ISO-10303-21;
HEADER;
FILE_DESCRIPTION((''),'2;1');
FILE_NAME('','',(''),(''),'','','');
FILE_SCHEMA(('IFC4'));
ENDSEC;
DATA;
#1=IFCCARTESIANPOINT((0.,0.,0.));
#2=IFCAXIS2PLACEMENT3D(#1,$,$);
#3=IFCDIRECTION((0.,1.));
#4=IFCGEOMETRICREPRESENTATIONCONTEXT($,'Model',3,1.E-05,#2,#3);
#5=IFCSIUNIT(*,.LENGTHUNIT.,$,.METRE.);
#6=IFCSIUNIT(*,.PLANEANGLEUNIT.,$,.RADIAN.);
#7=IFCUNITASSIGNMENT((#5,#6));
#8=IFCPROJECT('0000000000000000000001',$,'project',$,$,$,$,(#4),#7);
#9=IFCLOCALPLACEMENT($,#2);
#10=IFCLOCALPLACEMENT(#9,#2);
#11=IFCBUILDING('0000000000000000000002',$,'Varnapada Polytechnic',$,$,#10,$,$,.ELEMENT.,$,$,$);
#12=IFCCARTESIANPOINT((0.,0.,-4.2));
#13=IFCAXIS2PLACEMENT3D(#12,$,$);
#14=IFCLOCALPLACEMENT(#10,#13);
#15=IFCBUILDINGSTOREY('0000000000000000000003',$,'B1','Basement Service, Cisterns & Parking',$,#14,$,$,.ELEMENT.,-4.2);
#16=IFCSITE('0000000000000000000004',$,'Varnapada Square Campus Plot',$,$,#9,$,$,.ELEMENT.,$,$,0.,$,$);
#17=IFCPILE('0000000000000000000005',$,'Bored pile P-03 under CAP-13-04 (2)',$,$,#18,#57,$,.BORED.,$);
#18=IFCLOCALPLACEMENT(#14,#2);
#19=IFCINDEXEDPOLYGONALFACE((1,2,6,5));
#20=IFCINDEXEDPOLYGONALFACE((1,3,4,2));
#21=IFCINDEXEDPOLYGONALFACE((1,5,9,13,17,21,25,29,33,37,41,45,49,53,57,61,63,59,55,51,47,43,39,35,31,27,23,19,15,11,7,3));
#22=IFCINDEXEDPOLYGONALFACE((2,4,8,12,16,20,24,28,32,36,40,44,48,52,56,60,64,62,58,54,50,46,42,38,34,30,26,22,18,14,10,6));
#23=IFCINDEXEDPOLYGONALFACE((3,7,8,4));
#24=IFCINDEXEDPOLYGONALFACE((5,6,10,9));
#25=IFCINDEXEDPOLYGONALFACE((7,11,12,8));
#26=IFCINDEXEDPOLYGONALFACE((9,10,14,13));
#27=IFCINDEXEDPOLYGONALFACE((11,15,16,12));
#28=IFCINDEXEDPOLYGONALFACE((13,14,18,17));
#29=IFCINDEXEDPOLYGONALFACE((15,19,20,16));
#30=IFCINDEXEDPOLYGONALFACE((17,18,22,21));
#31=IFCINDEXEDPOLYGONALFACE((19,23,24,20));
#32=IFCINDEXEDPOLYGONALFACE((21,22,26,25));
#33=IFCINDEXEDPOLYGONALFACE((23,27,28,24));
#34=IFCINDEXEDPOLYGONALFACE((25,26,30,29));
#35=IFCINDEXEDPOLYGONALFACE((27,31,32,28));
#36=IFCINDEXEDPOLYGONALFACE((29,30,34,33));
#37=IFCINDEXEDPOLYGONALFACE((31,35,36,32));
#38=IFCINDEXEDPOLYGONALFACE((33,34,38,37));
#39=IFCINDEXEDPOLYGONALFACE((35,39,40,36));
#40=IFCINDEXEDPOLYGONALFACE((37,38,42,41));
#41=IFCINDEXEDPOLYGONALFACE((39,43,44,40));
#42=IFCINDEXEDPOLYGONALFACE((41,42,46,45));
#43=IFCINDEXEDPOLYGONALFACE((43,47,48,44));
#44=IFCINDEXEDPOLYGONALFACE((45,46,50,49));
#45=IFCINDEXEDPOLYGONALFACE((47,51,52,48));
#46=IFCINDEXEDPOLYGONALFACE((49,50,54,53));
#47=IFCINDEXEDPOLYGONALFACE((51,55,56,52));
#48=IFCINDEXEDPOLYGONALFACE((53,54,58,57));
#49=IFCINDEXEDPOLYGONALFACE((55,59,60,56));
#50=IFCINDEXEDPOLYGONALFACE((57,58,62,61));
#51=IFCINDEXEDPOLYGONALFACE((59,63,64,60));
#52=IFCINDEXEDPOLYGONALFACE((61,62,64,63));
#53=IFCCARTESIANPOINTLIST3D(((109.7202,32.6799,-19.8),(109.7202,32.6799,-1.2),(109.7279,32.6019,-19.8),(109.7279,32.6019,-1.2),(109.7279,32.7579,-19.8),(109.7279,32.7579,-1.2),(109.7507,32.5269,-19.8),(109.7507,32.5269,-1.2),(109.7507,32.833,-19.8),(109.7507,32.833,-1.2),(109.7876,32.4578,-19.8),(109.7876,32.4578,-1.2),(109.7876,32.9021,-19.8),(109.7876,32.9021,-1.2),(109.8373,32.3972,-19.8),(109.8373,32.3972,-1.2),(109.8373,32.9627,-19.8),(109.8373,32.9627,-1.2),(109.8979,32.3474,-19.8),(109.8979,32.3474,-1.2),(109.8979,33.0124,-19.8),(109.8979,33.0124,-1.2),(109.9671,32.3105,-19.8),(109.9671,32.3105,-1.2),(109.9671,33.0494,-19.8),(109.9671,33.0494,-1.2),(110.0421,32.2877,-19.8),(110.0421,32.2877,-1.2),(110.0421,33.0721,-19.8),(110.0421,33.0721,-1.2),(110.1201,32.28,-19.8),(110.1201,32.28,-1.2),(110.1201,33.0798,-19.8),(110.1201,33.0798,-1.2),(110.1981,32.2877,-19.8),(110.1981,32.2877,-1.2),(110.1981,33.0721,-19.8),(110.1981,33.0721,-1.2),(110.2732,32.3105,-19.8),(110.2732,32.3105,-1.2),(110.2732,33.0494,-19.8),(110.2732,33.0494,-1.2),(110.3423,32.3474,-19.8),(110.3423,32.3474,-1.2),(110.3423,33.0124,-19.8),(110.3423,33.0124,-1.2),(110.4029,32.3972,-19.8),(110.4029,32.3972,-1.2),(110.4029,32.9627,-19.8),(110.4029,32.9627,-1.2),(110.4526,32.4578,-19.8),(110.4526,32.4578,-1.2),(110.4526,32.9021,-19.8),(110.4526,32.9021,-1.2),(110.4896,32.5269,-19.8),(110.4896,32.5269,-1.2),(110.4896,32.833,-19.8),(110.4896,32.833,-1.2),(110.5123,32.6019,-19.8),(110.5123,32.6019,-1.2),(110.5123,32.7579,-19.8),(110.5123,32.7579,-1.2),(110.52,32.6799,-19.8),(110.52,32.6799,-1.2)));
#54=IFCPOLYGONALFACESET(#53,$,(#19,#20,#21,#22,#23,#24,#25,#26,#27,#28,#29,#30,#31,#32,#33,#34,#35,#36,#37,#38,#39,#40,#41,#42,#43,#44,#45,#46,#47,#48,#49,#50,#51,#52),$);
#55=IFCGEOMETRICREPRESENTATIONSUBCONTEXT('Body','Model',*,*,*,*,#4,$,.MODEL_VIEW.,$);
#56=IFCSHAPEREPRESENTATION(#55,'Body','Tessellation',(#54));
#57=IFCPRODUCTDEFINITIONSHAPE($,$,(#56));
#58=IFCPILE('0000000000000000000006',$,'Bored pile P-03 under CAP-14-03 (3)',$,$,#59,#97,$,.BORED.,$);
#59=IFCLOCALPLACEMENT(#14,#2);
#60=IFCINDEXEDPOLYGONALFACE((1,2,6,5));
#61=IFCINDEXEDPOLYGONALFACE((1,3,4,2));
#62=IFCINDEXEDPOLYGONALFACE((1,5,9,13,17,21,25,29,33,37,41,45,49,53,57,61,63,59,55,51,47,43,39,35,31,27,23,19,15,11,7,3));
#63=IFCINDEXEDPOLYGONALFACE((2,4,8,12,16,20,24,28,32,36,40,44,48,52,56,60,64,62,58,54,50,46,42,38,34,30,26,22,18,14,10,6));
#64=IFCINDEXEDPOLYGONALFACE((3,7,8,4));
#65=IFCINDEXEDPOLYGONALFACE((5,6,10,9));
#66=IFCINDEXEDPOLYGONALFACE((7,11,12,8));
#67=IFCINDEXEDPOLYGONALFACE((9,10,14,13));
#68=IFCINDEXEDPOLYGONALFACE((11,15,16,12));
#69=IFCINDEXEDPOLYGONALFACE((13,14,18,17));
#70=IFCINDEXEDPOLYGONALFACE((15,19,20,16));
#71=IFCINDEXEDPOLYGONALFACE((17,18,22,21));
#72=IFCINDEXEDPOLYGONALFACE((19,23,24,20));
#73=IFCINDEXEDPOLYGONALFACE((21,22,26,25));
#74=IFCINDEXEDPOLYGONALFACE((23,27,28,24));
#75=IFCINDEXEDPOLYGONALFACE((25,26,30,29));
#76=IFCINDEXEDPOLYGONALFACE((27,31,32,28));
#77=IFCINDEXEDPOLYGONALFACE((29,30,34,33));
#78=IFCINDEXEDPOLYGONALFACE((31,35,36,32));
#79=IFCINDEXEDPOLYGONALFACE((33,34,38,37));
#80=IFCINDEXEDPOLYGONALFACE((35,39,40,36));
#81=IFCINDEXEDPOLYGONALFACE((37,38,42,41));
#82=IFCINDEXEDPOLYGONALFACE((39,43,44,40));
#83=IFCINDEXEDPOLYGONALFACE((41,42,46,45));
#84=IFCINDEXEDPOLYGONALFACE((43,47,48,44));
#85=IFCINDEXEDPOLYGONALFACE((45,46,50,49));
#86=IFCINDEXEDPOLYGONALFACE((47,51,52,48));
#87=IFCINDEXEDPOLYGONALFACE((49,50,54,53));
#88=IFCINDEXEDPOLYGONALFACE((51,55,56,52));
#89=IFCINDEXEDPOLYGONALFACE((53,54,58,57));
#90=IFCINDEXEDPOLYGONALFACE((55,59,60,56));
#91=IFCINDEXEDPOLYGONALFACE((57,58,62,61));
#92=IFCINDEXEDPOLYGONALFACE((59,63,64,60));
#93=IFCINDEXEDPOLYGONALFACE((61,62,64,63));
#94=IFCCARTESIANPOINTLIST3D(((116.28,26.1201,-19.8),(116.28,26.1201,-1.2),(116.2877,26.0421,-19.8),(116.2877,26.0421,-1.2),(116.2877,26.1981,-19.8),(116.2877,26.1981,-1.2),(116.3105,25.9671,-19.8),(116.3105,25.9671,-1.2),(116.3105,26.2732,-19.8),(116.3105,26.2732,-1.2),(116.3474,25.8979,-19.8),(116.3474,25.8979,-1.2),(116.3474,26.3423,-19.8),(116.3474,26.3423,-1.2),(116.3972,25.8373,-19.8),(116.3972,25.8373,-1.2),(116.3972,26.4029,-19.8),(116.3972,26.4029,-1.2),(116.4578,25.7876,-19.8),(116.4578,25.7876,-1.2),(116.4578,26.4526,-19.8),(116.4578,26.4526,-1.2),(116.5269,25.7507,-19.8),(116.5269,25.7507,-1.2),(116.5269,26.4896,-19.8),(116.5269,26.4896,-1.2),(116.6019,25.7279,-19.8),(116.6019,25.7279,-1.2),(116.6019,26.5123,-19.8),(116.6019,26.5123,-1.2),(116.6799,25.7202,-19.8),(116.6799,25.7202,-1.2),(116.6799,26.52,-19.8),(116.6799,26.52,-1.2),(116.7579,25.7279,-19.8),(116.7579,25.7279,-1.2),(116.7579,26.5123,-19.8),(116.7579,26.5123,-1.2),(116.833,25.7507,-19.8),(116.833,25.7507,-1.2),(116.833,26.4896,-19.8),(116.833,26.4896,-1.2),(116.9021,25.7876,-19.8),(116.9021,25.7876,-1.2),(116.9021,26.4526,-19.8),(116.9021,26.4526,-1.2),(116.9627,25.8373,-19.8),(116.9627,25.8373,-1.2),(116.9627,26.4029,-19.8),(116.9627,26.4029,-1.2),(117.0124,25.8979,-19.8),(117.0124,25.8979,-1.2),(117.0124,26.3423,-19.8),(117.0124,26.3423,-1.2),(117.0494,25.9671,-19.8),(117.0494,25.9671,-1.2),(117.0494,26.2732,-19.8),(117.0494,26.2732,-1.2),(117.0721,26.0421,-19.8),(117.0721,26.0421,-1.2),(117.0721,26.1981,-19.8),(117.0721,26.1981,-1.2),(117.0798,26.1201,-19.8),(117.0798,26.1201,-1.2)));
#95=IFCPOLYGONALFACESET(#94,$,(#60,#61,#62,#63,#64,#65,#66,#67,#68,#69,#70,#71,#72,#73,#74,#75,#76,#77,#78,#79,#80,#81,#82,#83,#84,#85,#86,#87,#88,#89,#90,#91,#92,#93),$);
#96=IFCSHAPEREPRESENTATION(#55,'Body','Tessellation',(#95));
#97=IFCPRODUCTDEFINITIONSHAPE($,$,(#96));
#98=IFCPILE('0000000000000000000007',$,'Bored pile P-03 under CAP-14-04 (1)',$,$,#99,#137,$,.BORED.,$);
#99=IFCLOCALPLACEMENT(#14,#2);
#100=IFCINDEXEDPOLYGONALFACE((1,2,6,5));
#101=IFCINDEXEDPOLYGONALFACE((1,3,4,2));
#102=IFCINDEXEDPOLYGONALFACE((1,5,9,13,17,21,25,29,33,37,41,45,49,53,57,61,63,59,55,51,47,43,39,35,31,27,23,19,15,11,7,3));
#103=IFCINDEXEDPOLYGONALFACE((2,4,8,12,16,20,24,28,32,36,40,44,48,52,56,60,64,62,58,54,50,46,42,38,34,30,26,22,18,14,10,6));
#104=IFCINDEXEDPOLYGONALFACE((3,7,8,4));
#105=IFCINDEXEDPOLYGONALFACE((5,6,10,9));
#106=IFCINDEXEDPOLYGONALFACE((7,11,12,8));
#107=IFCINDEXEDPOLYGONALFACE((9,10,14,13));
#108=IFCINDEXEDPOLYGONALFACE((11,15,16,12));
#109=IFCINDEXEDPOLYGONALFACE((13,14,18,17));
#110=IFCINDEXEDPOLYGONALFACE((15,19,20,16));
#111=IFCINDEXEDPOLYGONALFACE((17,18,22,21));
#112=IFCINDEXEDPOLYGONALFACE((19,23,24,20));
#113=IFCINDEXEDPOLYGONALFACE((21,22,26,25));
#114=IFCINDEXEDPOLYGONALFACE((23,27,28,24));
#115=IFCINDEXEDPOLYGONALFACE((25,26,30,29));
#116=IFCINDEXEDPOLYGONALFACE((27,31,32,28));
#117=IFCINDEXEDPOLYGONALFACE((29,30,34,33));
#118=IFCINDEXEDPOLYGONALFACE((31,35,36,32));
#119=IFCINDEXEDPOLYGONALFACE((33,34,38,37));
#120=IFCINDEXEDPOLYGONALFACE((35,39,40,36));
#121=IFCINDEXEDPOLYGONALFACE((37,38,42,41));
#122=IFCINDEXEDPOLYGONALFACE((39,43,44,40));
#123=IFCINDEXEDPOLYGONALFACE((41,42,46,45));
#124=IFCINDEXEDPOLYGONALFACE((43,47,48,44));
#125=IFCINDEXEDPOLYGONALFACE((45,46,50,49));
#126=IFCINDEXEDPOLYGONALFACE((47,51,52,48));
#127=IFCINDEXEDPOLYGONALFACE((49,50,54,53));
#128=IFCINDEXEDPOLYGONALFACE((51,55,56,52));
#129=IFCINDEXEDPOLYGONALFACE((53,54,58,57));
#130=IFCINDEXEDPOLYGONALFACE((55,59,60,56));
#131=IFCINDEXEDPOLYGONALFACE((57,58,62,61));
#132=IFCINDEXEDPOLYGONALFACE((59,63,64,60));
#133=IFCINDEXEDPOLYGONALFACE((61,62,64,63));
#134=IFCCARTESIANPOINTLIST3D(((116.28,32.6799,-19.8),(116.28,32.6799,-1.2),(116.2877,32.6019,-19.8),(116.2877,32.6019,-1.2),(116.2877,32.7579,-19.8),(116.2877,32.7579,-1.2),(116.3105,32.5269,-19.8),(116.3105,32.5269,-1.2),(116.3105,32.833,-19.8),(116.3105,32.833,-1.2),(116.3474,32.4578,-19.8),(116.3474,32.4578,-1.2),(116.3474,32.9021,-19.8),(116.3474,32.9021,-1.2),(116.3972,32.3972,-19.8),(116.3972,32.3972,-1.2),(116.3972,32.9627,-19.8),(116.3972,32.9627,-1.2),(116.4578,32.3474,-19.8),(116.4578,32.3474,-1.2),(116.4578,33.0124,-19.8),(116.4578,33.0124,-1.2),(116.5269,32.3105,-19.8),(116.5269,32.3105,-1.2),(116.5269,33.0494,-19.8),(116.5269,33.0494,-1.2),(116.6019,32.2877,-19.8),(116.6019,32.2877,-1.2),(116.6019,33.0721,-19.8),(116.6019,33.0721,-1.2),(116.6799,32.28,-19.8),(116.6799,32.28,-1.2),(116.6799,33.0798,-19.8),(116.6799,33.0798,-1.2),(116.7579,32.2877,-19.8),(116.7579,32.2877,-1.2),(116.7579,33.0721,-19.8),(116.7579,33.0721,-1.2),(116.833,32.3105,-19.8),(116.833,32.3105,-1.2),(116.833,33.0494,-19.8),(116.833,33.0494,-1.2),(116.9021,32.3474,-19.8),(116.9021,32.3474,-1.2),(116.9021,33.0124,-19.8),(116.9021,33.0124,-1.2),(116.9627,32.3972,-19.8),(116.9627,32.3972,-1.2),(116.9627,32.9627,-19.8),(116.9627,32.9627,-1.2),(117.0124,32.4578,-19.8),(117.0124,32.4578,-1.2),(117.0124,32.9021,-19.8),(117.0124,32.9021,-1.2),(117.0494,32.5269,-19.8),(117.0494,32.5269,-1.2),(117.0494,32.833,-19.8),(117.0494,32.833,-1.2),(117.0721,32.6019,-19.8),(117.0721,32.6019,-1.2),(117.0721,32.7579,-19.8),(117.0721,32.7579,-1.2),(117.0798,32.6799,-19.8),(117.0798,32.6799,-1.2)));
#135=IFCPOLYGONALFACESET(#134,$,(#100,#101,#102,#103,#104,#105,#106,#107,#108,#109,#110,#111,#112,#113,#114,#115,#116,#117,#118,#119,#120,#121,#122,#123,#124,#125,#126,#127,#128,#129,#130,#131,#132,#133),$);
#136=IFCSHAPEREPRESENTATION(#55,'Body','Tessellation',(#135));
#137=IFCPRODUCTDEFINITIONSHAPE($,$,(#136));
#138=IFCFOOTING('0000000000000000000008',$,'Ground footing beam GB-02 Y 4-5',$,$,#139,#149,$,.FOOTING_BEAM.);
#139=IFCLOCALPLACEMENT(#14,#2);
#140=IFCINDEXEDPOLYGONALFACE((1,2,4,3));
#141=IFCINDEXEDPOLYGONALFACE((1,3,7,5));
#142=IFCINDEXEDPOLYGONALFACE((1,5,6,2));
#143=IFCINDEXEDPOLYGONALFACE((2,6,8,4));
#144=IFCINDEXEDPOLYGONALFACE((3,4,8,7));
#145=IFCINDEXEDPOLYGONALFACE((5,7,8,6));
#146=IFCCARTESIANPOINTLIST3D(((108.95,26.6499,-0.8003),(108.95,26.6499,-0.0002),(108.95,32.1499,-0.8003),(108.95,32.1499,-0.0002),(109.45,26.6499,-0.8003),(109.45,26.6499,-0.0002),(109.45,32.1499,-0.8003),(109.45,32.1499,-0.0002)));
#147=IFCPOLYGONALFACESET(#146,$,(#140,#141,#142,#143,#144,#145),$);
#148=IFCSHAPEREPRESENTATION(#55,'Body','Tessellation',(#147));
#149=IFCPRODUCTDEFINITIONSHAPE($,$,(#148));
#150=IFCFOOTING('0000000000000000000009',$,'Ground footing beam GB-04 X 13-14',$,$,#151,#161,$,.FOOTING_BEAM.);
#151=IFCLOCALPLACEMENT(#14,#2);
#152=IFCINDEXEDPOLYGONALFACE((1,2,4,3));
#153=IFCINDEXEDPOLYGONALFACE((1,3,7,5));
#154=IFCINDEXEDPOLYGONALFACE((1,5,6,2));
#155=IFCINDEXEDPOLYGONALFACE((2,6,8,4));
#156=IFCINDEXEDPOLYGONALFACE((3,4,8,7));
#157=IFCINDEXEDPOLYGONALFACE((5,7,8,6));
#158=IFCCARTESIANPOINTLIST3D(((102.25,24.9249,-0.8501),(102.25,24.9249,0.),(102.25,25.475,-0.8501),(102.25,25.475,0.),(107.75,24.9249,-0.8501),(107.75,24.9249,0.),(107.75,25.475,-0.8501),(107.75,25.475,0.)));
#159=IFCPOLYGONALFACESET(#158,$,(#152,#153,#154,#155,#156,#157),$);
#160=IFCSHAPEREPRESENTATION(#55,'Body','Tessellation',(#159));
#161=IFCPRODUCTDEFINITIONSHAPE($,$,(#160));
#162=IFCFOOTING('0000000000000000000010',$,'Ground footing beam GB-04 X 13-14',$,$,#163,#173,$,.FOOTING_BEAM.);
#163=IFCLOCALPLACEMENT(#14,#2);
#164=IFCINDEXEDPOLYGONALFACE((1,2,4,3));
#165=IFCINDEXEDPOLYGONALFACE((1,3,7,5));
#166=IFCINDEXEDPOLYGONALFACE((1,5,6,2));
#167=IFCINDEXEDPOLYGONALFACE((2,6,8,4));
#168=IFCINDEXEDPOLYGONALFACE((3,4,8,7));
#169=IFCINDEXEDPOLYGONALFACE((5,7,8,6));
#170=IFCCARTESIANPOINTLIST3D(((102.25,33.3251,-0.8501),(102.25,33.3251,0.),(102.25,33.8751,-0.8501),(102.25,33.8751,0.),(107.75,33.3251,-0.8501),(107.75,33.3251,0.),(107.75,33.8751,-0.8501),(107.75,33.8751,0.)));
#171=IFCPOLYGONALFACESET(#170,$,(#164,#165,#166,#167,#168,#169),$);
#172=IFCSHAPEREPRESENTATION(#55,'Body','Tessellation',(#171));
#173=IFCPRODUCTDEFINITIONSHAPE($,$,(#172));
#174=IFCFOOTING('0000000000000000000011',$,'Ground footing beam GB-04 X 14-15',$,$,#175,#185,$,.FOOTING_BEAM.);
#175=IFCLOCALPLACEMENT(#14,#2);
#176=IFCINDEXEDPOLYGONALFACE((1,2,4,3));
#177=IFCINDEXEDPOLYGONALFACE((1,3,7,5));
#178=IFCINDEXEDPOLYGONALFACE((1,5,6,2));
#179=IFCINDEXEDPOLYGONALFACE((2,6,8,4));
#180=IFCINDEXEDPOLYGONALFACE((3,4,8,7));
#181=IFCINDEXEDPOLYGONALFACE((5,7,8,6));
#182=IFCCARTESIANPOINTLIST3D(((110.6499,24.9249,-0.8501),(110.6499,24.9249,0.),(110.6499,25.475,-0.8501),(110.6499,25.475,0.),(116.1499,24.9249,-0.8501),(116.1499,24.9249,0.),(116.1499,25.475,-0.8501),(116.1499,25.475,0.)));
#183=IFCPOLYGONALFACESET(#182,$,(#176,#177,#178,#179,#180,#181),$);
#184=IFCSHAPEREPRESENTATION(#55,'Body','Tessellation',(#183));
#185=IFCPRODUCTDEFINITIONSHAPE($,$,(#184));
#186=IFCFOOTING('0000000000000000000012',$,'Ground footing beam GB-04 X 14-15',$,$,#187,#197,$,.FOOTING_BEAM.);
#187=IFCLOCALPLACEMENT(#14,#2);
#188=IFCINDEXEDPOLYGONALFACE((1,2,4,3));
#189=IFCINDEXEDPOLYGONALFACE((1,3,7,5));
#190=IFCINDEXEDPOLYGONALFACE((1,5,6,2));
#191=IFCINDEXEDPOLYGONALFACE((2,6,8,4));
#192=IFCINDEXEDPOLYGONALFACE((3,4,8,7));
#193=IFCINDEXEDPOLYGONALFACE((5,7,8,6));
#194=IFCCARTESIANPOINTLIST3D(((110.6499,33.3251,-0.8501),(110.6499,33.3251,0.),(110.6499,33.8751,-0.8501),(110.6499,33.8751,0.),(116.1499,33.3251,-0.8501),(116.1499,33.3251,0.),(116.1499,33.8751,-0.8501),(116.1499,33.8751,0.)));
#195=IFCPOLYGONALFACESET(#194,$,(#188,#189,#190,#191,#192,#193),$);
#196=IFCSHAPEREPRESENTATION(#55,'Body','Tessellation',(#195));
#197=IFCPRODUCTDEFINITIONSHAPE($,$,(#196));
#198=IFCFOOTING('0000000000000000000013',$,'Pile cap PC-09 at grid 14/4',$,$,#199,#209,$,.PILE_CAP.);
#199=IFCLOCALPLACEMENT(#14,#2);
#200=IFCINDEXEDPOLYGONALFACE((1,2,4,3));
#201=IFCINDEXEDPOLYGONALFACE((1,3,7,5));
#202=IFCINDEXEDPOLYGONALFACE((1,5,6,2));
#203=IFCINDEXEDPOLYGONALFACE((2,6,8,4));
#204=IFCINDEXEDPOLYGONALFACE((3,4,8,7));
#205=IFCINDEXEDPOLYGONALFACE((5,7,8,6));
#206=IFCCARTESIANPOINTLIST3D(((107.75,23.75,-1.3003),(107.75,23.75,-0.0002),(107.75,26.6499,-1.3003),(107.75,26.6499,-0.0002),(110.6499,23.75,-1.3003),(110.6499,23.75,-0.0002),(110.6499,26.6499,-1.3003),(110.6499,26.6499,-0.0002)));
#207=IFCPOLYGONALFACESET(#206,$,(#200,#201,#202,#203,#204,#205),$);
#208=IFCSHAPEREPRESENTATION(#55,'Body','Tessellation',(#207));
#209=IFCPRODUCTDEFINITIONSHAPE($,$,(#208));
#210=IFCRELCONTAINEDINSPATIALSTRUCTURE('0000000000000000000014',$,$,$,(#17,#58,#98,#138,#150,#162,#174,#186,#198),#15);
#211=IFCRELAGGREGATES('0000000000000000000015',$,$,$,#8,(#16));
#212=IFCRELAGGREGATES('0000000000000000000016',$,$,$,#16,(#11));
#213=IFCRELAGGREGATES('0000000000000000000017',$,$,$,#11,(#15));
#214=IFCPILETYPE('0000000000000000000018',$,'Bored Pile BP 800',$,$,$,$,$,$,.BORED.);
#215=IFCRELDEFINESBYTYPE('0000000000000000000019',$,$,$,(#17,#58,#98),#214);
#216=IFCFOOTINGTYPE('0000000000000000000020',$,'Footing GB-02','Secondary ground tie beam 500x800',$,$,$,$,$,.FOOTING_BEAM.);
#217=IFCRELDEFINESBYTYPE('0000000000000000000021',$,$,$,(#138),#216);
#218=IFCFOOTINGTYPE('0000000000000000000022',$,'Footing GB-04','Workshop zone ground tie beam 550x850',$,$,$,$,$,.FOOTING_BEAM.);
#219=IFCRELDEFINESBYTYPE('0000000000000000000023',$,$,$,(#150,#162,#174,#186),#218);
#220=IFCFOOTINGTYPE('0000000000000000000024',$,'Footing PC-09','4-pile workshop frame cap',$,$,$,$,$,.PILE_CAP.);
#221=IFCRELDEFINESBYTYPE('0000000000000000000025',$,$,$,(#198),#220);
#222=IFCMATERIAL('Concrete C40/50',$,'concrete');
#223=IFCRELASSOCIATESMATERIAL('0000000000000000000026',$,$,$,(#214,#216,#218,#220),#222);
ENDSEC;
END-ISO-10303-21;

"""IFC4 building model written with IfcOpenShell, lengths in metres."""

from ifc_helpers import new_model, si_unit, direction, frame, origin, origin_2d, place, context, subcontext, project, spatial, rectangle, circle, extrude, material, material_profile, profile_set, type_object, element, save


model = new_model("IFC4")

# Units and contexts
model_context = context("Model", 3, precision=1e-05, world=origin(), true_north=direction((0.0, 1.0)))
body_context = subcontext(model_context, "Body", "Model", "MODEL_VIEW")
ifc_project = project(units=[si_unit("LENGTHUNIT", "METRE"), si_unit("PLANEANGLEUNIT", "RADIAN")], contexts=[model_context])

# Site, building, storey
site_placement = place(None, origin())
site = spatial("IfcSite", under=ifc_project, at=site_placement, Name="Varnapada Square Campus Plot", CompositionType="ELEMENT", RefElevation=0.0)
building_placement = place(site_placement, origin())
building = spatial("IfcBuilding", under=site, at=building_placement, Name="Varnapada Polytechnic", CompositionType="ELEMENT")
storey_placement = place(building_placement, frame((0.0, 0.0, -4.2)))
storey = spatial("IfcBuildingStorey", under=building, at=storey_placement, Name="B1", Description="Basement Service, Cisterns & Parking", CompositionType="ELEMENT", Elevation=-4.2)

# Piles
ifc_material_1 = material(Name="Concrete C40/50", Category="concrete")
ifc_material_profile_1 = material_profile(ifc_material_1, circle(Radius=0.3999, at=origin_2d()), Name="BP 800")
ifc_profile_set_1 = profile_set([ifc_material_profile_1], Name="Concrete C40/50")
pile_type = type_object("IfcPileType", Name="Bored Pile BP 800", PredefinedType="BORED", material=ifc_profile_set_1)
for number, where, z_axis, x_axis, name in (
    (1, (110.1201, 32.6799, -1.2), (0.0, 0.0, -1.0), (1.0, 0.0, 0.0), "Bored pile P-03 under CAP-13-04 (2)"),
    (2, (116.6799, 26.1201, -1.2), (0.0, 0.0, -1.0), (1.0, 0.0, 0.0), "Bored pile P-03 under CAP-14-03 (3)"),
    (3, (116.6799, 32.6799, -1.2), (0.0, 0.0, -1.0), (1.0, 0.0, 0.0), "Bored pile P-03 under CAP-14-04 (1)"),
):
    element("IfcPile", number, at=place(storey_placement, frame(where, z_axis=z_axis, x_axis=x_axis)), inside=storey, type_object=pile_type, Name=name, PredefinedType="BORED", context=body_context, shape_type="SweptSolid", body=[
        extrude(circle(Radius=0.3999, at=origin_2d()), origin(), (0.0, 0.0, 1.0), 18.6001),
    ])

# Footings
footing_type_1 = type_object("IfcFootingType", Name="Footing GB-02", Description="Secondary ground tie beam 500x800", PredefinedType="FOOTING_BEAM", material=ifc_material_1)
footing_placement = place(storey_placement, frame((109.2, 29.3999, -0.8003), z_axis=(0.0, 0.0, 1.0), x_axis=(0.0, 1.0, 0.0)))
element("IfcFooting", 4, at=footing_placement, inside=storey, type_object=footing_type_1, Name="Ground footing beam GB-02 Y 4-5", PredefinedType="FOOTING_BEAM", context=body_context, shape_type="SweptSolid", body=[
    extrude(rectangle(XDim=5.5, YDim=0.5, at=origin_2d()), origin(), (0.0, 0.0, 1.0), 0.8),
])
footing_type_2 = type_object("IfcFootingType", Name="Footing GB-04", Description="Workshop zone ground tie beam 550x850", PredefinedType="FOOTING_BEAM", material=ifc_material_1)
for number, where, z_axis, x_axis, name in (
    (5, (105.0, 25.2, -0.8501), (0.0, 0.0, 1.0), (1.0, 0.0, 0.0), "Ground footing beam GB-04 X 13-14"),
    (6, (105.0, 33.6001, -0.8501), (0.0, 0.0, 1.0), (1.0, 0.0, 0.0), "Ground footing beam GB-04 X 13-14"),
    (7, (113.3999, 25.2, -0.8501), (0.0, 0.0, 1.0), (1.0, 0.0, 0.0), "Ground footing beam GB-04 X 14-15"),
    (8, (113.3999, 33.6001, -0.8501), (0.0, 0.0, 1.0), (1.0, 0.0, 0.0), "Ground footing beam GB-04 X 14-15"),
):
    element("IfcFooting", number, at=place(storey_placement, frame(where, z_axis=z_axis, x_axis=x_axis)), inside=storey, type_object=footing_type_2, Name=name, PredefinedType="FOOTING_BEAM", context=body_context, shape_type="SweptSolid", body=[
        extrude(rectangle(XDim=5.5, YDim=0.55, at=origin_2d()), origin(), (0.0, 0.0, 1.0), 0.8501),
    ])
footing_type_3 = type_object("IfcFootingType", Name="Footing PC-09", Description="4-pile workshop frame cap", PredefinedType="PILE_CAP", material=ifc_material_1)
for number, where, z_axis, x_axis, name in (
    (9, (109.2, 25.2, -1.3003), (0.0, 0.0, 1.0), (1.0, 0.0, 0.0), "Pile cap PC-09 at grid 14/4"),
):
    element("IfcFooting", number, at=place(storey_placement, frame(where, z_axis=z_axis, x_axis=x_axis)), inside=storey, type_object=footing_type_3, Name=name, PredefinedType="PILE_CAP", context=body_context, shape_type="SweptSolid", body=[
        extrude(rectangle(XDim=2.8999, YDim=2.8999, at=origin_2d()), origin(), (0.0, 0.0, 1.0), 1.3),
    ])

save(model, "model.ifc")
